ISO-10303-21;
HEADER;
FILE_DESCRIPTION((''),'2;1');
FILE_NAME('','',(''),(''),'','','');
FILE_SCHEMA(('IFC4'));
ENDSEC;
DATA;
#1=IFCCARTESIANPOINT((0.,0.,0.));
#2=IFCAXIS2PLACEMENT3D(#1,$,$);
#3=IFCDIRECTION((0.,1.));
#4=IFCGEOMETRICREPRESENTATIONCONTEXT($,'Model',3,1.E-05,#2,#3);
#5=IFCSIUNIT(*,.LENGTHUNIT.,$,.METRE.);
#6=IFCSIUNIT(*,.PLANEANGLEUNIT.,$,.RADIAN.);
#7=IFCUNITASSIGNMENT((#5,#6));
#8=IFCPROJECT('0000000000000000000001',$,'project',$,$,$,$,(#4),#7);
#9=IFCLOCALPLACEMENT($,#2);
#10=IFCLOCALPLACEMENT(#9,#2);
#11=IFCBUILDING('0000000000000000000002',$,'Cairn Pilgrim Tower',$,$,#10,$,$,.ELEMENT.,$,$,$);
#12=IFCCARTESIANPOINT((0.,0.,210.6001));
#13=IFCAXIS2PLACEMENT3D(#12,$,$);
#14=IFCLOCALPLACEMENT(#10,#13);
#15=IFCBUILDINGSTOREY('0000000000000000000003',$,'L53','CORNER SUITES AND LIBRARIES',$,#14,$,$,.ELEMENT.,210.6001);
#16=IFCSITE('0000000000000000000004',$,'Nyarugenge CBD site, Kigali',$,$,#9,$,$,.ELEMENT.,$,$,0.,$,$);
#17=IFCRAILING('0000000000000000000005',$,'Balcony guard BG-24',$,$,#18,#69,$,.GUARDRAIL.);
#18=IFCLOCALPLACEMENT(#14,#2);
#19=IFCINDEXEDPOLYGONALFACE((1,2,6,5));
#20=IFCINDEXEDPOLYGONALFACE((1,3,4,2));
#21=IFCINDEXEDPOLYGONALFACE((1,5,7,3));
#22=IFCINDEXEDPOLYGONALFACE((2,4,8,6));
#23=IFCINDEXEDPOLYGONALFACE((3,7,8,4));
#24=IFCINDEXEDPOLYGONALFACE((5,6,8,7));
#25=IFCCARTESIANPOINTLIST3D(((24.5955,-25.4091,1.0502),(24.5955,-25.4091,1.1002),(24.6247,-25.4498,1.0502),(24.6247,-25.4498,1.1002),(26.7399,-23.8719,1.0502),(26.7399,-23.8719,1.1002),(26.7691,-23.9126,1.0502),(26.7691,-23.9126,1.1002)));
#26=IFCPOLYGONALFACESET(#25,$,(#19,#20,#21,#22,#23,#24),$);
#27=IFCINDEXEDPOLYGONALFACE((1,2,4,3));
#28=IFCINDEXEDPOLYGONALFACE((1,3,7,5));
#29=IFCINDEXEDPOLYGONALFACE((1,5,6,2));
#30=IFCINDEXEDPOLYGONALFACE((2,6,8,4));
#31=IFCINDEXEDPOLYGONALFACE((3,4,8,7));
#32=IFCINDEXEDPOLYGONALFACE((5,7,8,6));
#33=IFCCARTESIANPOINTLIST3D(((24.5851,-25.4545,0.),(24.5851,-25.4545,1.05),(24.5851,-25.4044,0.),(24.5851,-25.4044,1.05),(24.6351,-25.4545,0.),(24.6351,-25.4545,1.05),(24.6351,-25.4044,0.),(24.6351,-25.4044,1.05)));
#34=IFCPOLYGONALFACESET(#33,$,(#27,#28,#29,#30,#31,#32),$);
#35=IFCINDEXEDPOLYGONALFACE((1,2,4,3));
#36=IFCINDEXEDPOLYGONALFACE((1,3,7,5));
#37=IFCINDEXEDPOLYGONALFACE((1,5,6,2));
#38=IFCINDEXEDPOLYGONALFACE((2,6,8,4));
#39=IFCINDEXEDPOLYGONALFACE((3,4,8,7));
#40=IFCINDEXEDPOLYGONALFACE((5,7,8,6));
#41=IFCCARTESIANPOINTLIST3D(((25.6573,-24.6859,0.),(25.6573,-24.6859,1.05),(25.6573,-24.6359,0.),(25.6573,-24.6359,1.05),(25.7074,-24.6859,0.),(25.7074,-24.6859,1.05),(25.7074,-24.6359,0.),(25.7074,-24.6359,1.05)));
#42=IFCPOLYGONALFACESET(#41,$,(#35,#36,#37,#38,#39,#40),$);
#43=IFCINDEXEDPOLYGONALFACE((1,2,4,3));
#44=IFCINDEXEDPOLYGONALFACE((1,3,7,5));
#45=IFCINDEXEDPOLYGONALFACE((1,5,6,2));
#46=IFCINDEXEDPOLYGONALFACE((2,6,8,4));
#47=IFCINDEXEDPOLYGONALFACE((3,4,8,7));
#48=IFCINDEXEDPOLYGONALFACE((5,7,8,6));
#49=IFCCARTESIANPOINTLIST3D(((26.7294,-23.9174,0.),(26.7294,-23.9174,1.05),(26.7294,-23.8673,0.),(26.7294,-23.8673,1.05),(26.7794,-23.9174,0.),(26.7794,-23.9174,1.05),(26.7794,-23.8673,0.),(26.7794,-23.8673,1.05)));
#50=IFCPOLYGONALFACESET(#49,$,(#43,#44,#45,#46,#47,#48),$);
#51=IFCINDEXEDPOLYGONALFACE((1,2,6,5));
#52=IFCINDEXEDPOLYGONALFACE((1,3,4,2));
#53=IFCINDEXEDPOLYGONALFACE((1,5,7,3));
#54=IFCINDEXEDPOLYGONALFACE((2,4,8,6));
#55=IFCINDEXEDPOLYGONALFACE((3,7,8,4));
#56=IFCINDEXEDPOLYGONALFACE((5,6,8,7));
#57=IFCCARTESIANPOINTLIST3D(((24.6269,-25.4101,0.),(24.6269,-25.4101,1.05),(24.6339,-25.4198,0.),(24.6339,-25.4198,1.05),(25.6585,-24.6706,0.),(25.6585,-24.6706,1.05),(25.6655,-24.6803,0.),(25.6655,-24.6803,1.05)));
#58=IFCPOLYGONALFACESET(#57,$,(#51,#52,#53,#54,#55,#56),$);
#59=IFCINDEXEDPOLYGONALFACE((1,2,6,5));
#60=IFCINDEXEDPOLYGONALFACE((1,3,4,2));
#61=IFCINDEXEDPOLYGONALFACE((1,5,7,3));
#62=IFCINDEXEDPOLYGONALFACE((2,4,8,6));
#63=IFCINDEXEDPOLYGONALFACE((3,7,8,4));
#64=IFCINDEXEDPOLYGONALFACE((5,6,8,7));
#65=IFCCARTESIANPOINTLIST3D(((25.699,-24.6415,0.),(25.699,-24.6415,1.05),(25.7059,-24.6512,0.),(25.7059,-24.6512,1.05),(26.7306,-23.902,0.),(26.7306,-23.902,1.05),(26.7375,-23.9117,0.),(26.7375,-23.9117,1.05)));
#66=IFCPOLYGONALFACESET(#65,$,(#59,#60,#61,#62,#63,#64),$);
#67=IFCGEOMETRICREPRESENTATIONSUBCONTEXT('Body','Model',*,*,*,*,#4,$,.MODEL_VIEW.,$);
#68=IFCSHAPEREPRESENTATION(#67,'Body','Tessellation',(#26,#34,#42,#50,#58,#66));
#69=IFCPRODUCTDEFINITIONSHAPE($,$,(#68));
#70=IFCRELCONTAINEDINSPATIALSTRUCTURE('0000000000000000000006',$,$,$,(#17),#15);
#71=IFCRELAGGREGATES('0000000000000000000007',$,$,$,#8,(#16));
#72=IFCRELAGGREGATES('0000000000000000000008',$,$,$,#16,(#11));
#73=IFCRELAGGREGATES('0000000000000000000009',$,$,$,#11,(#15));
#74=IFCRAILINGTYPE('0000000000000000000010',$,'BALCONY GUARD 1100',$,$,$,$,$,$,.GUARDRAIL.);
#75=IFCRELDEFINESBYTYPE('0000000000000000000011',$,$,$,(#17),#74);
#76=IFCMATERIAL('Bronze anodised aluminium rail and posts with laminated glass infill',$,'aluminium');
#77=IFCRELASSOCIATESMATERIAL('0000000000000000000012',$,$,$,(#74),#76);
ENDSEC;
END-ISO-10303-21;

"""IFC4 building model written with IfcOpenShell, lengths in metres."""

from ifc_helpers import new_model, si_unit, direction, frame, origin, origin_2d, place, context, subcontext, project, spatial, polyline, rectangle, outline, extrude, material, type_object, element, save


model = new_model("IFC4")

# Units and contexts
model_context = context("Model", 3, precision=1e-05, world=origin(), true_north=direction((0.0, 1.0)))
body_context = subcontext(model_context, "Body", "Model", "MODEL_VIEW")
ifc_project = project(units=[si_unit("LENGTHUNIT", "METRE"), si_unit("PLANEANGLEUNIT", "RADIAN")], contexts=[model_context])

# Site, building, storey
site_placement = place(None, origin())
site = spatial("IfcSite", under=ifc_project, at=site_placement, Name="Nyarugenge CBD site, Kigali", CompositionType="ELEMENT", RefElevation=0.0)
building_placement = place(site_placement, origin())
building = spatial("IfcBuilding", under=site, at=building_placement, Name="Cairn Pilgrim Tower", CompositionType="ELEMENT")
storey_placement = place(building_placement, frame((0.0, 0.0, 210.6001)))
storey = spatial("IfcBuildingStorey", under=building, at=storey_placement, Name="L53", Description="CORNER SUITES AND LIBRARIES", CompositionType="ELEMENT", Elevation=210.6001)

# Railing
ifc_material_1 = material(Name="Bronze anodised aluminium rail and posts with laminated glass infill", Category="aluminium")
railing_type = type_object("IfcRailingType", Name="BALCONY GUARD 1100", PredefinedType="GUARDRAIL", material=ifc_material_1)
railing_1_placement = place(storey_placement, frame((24.6101, -25.4294, 0.0)))
element("IfcRailing", 1, at=railing_1_placement, inside=storey, type_object=railing_type, Name="Balcony guard BG-24", PredefinedType="GUARDRAIL", context=body_context, shape_type="SweptSolid", body=[
    extrude(rectangle(XDim=0.05, YDim=0.05, at=origin_2d()), frame((0.0, 0.0, 1.0752), z_axis=(0.812751, 0.582612, 0.0), x_axis=(-0.582612, 0.812751, 0.0)), (0.0, 0.0, 1.0), 2.6384),
    extrude(rectangle(XDim=0.05, YDim=0.05, at=origin_2d()), origin(), (0.0, 0.0, 1.0), 1.05),
    extrude(rectangle(XDim=0.05, YDim=0.05, at=origin_2d()), frame((1.0723, 0.7686, 0.0)), (0.0, 0.0, 1.0), 1.05),
    extrude(rectangle(XDim=0.05, YDim=0.05, at=origin_2d()), frame((2.1443, 1.5371, 0.0)), (0.0, 0.0, 1.0), 1.05),
    extrude(outline(polyline([(0.0249, 0.0), (1.2942, 0.0), (1.2942, 1.05), (0.0249, 1.05), (0.0249, 0.0)])), frame((-0.0034, 0.0049, 0.0), z_axis=(0.582612, -0.812751, 0.0), x_axis=(0.812751, 0.582612, 0.0)), (0.0, 0.0, 1.0), 0.012),
    extrude(outline(polyline([(0.0249, 0.0), (1.2942, 0.0), (1.2942, 1.05), (0.0249, 1.05), (0.0249, 0.0)])), frame((1.0686, 0.7734, 0.0), z_axis=(0.582612, -0.812751, 0.0), x_axis=(0.812751, 0.582612, 0.0)), (0.0, 0.0, 1.0), 0.012),
])

save(model, "model.ifc")
